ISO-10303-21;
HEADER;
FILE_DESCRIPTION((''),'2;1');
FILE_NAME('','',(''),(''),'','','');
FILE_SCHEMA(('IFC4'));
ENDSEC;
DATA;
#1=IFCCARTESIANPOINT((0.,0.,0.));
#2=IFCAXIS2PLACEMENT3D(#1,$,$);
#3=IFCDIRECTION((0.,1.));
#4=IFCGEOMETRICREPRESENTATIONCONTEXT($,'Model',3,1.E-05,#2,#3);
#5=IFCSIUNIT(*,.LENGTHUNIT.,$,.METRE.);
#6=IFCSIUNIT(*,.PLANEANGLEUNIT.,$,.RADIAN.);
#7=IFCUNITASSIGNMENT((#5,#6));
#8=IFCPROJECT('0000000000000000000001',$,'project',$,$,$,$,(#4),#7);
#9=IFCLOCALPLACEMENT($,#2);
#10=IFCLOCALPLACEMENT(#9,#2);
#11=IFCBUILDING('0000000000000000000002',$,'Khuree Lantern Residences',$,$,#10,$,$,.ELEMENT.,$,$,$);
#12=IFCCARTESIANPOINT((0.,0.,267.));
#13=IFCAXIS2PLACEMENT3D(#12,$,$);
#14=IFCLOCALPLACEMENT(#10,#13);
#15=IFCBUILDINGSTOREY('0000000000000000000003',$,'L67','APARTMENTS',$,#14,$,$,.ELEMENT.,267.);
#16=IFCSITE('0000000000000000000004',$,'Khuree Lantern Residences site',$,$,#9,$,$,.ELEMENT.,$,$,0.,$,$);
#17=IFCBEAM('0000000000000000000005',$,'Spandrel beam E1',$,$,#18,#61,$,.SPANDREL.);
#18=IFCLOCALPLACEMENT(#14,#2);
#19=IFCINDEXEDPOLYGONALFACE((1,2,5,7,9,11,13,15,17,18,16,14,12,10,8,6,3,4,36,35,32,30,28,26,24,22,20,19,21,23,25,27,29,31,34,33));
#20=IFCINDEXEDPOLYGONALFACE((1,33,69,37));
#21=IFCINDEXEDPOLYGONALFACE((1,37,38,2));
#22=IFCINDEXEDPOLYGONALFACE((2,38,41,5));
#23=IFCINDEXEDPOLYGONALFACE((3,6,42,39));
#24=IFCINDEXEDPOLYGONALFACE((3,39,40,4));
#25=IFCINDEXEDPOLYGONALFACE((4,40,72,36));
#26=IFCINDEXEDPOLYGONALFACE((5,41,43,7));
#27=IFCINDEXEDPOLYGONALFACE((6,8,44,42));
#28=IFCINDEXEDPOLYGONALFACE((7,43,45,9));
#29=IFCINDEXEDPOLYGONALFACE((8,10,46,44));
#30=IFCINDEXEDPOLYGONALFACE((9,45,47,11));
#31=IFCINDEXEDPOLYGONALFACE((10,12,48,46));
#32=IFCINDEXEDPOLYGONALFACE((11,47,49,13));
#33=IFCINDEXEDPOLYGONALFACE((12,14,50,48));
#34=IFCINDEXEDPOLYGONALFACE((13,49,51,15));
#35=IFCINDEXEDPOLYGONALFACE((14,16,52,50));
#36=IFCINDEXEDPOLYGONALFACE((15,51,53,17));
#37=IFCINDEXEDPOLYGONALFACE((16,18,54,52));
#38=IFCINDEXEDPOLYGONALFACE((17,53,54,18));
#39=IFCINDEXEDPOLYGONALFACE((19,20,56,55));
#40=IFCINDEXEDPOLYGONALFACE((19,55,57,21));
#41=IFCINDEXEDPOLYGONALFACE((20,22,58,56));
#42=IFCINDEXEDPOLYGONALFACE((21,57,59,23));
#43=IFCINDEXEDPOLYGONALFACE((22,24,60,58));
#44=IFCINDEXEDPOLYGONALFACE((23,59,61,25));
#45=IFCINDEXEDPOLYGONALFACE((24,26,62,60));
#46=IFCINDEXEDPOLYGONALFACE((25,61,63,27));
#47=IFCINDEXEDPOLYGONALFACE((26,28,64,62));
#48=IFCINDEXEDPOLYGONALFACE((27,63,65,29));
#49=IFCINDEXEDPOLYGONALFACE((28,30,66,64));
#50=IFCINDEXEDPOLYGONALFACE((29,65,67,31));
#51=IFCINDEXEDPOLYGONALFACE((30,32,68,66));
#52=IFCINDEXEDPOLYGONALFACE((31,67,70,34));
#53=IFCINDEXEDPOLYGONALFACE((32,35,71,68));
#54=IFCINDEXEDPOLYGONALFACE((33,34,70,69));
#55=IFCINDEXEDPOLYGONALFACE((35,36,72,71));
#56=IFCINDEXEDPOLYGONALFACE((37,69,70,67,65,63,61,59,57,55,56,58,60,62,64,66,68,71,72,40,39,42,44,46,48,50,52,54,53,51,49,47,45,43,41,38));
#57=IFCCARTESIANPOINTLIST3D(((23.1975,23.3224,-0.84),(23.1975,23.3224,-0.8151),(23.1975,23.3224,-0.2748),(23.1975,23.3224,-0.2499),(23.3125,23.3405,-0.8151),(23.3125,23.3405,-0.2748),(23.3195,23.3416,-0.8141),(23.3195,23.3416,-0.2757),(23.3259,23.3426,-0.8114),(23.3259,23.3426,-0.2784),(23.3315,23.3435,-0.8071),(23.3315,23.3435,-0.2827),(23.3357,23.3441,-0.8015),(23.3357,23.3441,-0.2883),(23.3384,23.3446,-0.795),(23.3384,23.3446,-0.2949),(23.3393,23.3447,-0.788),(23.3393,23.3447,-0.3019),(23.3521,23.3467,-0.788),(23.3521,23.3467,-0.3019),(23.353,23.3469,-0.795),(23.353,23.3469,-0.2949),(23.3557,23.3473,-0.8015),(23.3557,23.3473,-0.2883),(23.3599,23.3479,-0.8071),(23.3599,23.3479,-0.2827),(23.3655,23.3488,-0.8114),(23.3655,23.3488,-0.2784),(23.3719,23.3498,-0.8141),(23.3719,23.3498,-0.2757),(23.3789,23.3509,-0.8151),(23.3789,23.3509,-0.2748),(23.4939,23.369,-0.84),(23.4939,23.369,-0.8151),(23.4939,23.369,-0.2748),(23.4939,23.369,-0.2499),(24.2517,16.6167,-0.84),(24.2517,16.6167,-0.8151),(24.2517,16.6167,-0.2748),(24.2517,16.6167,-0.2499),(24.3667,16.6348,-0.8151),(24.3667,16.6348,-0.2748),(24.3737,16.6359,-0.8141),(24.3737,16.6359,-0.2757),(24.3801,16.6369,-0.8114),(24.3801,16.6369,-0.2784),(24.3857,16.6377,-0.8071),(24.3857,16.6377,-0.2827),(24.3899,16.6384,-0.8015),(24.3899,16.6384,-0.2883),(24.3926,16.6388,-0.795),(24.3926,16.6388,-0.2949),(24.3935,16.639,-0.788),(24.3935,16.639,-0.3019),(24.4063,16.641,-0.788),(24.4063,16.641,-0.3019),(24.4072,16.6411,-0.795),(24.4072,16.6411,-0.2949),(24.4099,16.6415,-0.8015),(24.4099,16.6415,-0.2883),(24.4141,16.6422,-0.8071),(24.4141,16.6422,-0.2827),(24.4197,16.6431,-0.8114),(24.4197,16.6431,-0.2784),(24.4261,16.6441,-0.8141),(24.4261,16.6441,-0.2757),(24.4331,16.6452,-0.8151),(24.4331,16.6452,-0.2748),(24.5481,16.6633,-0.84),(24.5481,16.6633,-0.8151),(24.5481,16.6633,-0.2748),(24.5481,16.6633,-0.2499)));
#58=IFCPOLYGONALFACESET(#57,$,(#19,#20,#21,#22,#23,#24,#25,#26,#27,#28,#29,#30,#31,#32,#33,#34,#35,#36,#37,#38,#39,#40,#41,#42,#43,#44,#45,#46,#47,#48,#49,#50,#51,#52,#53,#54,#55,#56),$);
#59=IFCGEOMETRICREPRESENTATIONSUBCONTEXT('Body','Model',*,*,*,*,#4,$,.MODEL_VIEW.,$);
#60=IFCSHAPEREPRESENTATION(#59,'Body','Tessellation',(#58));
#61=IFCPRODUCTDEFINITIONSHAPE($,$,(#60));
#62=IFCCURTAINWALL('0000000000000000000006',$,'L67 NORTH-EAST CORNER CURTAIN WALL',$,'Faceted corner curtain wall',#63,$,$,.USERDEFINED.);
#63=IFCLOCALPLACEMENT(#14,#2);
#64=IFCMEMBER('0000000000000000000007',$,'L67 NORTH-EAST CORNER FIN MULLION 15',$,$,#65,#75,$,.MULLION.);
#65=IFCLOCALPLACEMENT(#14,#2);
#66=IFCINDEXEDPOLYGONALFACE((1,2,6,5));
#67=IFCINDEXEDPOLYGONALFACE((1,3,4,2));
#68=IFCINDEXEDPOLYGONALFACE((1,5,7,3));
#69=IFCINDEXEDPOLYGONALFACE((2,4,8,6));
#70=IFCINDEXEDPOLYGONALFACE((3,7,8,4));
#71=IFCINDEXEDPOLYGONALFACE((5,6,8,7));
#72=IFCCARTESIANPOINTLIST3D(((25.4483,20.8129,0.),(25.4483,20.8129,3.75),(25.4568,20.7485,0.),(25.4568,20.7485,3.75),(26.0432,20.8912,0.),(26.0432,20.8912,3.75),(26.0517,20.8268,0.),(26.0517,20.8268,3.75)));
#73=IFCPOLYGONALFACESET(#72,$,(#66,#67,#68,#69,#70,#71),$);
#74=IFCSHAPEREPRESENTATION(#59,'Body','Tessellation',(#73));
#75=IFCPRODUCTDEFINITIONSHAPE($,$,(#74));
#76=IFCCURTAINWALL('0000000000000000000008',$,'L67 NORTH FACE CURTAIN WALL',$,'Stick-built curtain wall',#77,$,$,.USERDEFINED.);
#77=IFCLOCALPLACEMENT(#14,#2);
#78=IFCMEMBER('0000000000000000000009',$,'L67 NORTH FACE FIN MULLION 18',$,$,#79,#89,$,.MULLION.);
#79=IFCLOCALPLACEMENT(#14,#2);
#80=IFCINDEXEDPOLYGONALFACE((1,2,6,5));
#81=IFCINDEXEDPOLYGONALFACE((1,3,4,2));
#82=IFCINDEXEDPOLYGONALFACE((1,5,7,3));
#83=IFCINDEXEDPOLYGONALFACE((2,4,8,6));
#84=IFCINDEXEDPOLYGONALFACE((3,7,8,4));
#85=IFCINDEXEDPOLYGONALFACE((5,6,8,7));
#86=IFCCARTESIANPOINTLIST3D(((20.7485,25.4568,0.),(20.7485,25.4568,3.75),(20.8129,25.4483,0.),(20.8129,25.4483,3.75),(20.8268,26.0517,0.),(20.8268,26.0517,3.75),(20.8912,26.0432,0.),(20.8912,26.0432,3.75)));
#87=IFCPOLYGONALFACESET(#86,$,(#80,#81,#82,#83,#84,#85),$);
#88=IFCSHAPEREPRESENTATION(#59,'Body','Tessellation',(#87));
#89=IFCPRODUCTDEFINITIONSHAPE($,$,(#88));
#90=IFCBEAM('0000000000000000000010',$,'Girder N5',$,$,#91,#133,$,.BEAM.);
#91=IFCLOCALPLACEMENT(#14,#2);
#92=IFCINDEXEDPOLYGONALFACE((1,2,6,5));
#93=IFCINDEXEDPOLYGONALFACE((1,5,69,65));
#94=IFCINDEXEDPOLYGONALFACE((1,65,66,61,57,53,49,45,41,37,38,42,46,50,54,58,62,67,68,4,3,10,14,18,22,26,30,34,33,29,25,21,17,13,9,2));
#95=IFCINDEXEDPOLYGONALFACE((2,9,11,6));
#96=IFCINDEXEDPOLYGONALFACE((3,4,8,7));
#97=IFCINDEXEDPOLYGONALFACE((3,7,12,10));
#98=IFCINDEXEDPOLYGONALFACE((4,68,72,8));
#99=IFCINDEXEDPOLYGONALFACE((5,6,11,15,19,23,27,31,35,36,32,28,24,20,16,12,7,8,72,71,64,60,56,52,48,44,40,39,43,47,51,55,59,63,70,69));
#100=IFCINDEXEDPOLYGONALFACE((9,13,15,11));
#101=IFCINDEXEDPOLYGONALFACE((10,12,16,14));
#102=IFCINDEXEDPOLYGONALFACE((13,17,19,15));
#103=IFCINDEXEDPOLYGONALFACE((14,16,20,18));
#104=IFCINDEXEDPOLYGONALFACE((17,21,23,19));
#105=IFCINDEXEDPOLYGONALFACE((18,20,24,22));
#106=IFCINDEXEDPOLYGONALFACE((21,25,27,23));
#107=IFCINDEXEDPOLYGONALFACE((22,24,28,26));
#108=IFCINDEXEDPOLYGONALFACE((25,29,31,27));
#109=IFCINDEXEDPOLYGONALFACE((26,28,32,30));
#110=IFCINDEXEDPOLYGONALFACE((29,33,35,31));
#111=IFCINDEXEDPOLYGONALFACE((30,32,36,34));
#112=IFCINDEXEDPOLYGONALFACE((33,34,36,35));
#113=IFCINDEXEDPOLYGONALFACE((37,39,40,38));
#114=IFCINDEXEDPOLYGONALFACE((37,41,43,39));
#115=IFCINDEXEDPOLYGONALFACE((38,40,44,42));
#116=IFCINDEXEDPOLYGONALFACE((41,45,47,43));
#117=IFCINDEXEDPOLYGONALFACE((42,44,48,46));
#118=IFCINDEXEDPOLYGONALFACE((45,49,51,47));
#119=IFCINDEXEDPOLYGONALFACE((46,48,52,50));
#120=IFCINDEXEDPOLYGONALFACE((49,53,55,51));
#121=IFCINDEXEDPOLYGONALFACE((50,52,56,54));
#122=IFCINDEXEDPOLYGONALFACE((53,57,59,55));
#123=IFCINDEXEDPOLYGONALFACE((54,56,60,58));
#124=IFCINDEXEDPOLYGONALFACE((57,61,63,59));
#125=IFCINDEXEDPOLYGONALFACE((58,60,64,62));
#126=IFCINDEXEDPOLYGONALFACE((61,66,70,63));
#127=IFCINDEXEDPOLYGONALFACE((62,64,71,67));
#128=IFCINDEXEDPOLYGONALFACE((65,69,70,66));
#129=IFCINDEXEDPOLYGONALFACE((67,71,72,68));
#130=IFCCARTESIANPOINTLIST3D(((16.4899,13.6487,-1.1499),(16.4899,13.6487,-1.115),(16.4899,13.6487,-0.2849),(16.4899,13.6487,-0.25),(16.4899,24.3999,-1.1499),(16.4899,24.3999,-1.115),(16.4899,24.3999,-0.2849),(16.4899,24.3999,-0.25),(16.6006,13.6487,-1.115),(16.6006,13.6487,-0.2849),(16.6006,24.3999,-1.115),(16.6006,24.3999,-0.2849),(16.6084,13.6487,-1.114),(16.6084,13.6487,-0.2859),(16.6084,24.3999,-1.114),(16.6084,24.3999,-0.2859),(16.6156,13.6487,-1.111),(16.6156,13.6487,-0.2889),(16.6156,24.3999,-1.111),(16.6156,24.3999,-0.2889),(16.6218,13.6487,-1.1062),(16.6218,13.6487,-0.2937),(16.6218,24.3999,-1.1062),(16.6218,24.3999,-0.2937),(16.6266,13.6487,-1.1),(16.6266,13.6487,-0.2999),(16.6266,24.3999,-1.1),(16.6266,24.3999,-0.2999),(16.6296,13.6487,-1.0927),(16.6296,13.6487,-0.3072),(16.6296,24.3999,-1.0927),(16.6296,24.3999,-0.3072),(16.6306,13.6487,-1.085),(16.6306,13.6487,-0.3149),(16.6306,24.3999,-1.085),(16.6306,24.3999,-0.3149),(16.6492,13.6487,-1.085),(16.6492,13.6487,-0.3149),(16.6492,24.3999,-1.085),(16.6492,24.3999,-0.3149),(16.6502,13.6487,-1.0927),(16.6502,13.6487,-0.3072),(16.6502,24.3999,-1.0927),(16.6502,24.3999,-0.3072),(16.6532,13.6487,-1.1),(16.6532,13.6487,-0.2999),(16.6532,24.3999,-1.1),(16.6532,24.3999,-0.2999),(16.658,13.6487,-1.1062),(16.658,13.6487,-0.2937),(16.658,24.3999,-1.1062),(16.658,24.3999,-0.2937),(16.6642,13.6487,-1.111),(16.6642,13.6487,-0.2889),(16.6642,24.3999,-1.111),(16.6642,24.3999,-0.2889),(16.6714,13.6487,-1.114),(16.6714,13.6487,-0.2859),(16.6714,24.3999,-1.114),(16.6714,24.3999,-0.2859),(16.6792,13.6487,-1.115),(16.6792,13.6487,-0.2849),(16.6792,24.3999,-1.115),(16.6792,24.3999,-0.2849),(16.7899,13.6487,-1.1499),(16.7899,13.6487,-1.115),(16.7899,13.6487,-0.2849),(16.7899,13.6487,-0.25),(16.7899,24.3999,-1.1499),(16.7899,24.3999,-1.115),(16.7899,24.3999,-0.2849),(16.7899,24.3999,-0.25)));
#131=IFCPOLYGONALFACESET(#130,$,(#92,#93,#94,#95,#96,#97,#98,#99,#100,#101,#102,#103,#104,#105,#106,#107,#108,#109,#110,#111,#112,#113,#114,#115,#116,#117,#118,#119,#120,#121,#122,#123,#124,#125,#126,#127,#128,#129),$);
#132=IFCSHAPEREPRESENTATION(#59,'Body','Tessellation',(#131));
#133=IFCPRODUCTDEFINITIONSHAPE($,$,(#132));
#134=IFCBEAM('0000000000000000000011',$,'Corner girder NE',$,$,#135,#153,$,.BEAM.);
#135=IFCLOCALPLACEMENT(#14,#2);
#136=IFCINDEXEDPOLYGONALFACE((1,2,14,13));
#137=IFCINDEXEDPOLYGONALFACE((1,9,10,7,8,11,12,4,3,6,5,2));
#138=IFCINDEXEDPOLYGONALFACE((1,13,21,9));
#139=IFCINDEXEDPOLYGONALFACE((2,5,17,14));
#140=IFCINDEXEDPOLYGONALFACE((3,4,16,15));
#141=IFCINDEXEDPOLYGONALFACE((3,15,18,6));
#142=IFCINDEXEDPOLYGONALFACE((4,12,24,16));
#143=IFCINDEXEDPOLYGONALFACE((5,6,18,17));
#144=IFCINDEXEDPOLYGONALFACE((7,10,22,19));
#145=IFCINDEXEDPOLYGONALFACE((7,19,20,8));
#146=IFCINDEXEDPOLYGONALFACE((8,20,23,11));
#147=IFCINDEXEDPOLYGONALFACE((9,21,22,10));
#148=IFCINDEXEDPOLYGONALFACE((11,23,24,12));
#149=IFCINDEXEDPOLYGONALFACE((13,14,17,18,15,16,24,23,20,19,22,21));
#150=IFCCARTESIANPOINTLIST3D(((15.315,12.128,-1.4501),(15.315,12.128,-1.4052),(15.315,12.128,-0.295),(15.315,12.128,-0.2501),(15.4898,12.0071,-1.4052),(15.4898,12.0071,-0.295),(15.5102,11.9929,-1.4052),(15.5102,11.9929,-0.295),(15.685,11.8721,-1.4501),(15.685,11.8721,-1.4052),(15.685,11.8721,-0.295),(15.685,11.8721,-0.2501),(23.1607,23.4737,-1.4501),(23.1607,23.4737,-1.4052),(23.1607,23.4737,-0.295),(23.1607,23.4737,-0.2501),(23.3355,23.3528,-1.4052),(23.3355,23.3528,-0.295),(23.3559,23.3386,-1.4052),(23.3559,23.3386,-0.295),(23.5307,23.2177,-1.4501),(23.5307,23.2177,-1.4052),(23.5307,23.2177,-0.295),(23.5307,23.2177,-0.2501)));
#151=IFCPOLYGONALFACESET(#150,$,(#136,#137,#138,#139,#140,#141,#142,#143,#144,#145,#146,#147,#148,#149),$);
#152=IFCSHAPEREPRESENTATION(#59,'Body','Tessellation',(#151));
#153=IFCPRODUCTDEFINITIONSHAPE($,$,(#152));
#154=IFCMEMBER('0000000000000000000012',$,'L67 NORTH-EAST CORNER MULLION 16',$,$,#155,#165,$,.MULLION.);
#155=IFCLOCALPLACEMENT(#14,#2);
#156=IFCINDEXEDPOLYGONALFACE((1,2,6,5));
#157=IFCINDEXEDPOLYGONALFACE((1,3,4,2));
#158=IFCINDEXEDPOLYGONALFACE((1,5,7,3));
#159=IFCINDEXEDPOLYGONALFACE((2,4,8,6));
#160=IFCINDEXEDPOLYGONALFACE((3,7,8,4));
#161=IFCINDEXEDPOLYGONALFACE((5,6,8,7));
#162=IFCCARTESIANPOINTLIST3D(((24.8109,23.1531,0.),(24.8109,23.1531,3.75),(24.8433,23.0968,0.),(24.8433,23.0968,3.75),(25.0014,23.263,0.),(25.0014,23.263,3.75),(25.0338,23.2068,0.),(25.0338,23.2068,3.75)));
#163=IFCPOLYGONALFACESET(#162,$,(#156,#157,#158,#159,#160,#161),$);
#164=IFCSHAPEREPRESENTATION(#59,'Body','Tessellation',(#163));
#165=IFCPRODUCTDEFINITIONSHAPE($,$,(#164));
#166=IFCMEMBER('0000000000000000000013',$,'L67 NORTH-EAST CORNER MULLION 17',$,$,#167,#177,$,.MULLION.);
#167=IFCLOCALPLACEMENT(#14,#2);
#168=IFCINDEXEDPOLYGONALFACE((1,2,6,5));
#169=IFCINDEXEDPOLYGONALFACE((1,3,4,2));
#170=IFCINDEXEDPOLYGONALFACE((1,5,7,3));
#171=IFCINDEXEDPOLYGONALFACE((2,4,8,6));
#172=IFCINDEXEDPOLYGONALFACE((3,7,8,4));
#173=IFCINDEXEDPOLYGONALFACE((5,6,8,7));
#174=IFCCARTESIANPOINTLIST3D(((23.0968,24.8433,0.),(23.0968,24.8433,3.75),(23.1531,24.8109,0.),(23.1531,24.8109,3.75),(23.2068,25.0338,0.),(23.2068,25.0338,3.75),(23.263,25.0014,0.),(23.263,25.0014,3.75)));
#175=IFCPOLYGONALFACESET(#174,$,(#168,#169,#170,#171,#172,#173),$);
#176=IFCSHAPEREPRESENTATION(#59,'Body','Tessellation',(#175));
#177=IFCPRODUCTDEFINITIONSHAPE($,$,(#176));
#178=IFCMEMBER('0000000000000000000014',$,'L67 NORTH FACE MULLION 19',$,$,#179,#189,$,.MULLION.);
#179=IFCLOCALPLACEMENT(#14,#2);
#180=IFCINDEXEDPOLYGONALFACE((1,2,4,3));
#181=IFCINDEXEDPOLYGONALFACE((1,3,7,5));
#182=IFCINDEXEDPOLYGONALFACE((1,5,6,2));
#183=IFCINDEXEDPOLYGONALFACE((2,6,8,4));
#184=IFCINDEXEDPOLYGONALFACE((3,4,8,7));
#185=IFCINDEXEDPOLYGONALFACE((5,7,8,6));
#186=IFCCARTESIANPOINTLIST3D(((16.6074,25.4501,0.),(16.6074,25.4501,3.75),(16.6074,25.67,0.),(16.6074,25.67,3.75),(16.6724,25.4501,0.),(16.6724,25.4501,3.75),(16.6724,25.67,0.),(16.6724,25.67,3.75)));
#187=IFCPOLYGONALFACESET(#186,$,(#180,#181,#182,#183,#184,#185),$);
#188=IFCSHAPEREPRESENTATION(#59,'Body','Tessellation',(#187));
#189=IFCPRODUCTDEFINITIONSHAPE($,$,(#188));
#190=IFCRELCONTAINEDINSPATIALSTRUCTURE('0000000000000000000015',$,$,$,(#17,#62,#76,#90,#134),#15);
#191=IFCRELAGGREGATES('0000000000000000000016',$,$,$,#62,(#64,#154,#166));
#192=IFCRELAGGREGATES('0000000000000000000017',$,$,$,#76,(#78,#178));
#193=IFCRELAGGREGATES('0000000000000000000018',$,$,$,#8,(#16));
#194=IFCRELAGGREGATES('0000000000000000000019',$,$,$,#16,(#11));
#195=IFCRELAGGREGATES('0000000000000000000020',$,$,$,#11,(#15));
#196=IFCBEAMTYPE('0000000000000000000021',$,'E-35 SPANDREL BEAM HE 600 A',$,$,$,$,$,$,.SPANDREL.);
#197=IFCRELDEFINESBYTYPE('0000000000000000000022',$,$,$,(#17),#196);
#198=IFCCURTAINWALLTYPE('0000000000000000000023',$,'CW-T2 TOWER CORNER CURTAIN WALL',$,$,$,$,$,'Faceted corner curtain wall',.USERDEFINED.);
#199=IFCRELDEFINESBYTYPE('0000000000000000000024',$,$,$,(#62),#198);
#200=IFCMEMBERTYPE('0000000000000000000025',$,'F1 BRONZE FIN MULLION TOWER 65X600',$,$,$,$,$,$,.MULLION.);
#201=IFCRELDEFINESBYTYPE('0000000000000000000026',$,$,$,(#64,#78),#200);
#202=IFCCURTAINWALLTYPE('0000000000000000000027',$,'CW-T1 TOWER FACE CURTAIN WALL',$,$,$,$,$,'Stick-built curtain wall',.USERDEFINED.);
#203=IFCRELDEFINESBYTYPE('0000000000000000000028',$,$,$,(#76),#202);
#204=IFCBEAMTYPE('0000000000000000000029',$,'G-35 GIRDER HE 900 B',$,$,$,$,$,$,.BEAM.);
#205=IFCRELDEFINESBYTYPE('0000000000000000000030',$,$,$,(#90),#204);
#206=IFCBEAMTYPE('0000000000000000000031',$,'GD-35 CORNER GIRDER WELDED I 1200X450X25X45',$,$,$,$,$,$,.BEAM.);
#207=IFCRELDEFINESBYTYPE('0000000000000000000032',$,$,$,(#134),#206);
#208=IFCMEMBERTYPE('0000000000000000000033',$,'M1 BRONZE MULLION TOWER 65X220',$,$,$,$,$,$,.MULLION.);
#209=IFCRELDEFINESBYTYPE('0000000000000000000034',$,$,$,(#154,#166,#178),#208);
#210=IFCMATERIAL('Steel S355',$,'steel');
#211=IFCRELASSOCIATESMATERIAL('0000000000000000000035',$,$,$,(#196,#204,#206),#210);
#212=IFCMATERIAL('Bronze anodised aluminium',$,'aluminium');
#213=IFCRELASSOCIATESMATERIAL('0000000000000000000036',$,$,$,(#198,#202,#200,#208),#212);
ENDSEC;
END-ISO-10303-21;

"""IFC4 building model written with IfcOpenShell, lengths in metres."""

from ifc_helpers import new_model, si_unit, direction, frame, origin, origin_2d, place, context, subcontext, project, spatial, rectangle, i_section, extrude, material, material_profile, profile_set, type_object, element, aggregate, save


model = new_model("IFC4")

# Units and contexts
model_context = context("Model", 3, precision=1e-05, world=origin(), true_north=direction((0.0, 1.0)))
body_context = subcontext(model_context, "Body", "Model", "MODEL_VIEW")
ifc_project = project(units=[si_unit("LENGTHUNIT", "METRE"), si_unit("PLANEANGLEUNIT", "RADIAN")], contexts=[model_context])

# Site, building, storey
site_placement = place(None, origin())
site = spatial("IfcSite", under=ifc_project, at=site_placement, Name="Khuree Lantern Residences site", CompositionType="ELEMENT", RefElevation=0.0)
building_placement = place(site_placement, origin())
building = spatial("IfcBuilding", under=site, at=building_placement, Name="Khuree Lantern Residences", CompositionType="ELEMENT")
storey_placement = place(building_placement, frame((0.0, 0.0, 267.0)))
storey = spatial("IfcBuildingStorey", under=building, at=storey_placement, Name="L67", Description="APARTMENTS", CompositionType="ELEMENT", Elevation=267.0)

# Beam
ifc_material_1 = material(Name="Steel S355", Category="steel")
ifc_material_profile_1 = material_profile(ifc_material_1, i_section(OverallWidth=0.3, OverallDepth=0.5901, WebThickness=0.0129, FlangeThickness=0.0249, FilletRadius=0.0271, at=origin_2d()), Name="HE 600 A")
ifc_profile_set_1 = profile_set([ifc_material_profile_1], Name="Steel S355")
beam_type_1 = type_object("IfcBeamType", Name="E-35 SPANDREL BEAM HE 600 A", PredefinedType="SPANDREL", material=ifc_profile_set_1)
for number, where, z_axis, x_axis, name in (
    (1, (23.3457, 23.3457, -0.5449), (0.1553, -0.987867, 0.0), (0.987867, 0.1553, 0.0), "Spandrel beam E1"),
):
    element("IfcBeam", number, at=place(storey_placement, frame(where, z_axis=z_axis, x_axis=x_axis)), inside=storey, type_object=beam_type_1, Name=name, PredefinedType="SPANDREL", context=body_context, shape_type="SweptSolid", body=[
        extrude(i_section(OverallWidth=0.3, OverallDepth=0.5901, WebThickness=0.0129, FlangeThickness=0.0249, FilletRadius=0.0271, at=origin_2d()), origin(), (0.0, 0.0, 1.0), 6.7881),
    ])

# Curtain walls, members
ifc_material_2 = material(Name="Bronze anodised aluminium", Category="aluminium")
curtain_wall_type_1 = type_object("IfcCurtainWallType", Name="CW-T2 TOWER CORNER CURTAIN WALL", ElementType="Faceted corner curtain wall", PredefinedType="USERDEFINED", material=ifc_material_2)
curtain_wall_1_placement = place(storey_placement, origin())
curtain_wall_1 = element("IfcCurtainWall", 2, at=curtain_wall_1_placement, inside=storey, type_object=curtain_wall_type_1, Name="L67 NORTH-EAST CORNER CURTAIN WALL", ObjectType="Faceted corner curtain wall", PredefinedType="USERDEFINED")
ifc_material_profile_2 = material_profile(ifc_material_2, rectangle(XDim=0.0649, YDim=0.6001, at=origin_2d()), Name="F1 65X600")
ifc_profile_set_2 = profile_set([ifc_material_profile_2], Name="Bronze anodised aluminium")
member_type_1 = type_object("IfcMemberType", Name="F1 BRONZE FIN MULLION TOWER 65X600", PredefinedType="MULLION", material=ifc_profile_set_2)
member_1_placement = place(storey_placement, frame((25.75, 20.8198, 0.0), z_axis=(0.0, 0.0, 1.0), x_axis=(-0.130526, 0.991445, 0.0)))
member_1 = element("IfcMember", 3, at=member_1_placement, type_object=member_type_1, Name="L67 NORTH-EAST CORNER FIN MULLION 15", PredefinedType="MULLION", context=body_context, shape_type="SweptSolid", body=[
    extrude(rectangle(XDim=0.0649, YDim=0.6001, at=origin_2d()), origin(), (0.0, 0.0, 1.0), 3.75),
])
curtain_wall_type_2 = type_object("IfcCurtainWallType", Name="CW-T1 TOWER FACE CURTAIN WALL", ElementType="Stick-built curtain wall", PredefinedType="USERDEFINED", material=ifc_material_2)
curtain_wall_2_placement = place(storey_placement, origin())
curtain_wall_2 = element("IfcCurtainWall", 4, at=curtain_wall_2_placement, inside=storey, type_object=curtain_wall_type_2, Name="L67 NORTH FACE CURTAIN WALL", ObjectType="Stick-built curtain wall", PredefinedType="USERDEFINED")
member_2_placement = place(storey_placement, frame((20.8198, 25.75, 0.0), z_axis=(0.0, 0.0, 1.0), x_axis=(-0.991445, 0.130526, 0.0)))
member_2 = element("IfcMember", 5, at=member_2_placement, type_object=member_type_1, Name="L67 NORTH FACE FIN MULLION 18", PredefinedType="MULLION", context=body_context, shape_type="SweptSolid", body=[
    extrude(rectangle(XDim=0.0649, YDim=0.6001, at=origin_2d()), origin(), (0.0, 0.0, 1.0), 3.75),
])

# Beams
ifc_material_profile_3 = material_profile(ifc_material_1, i_section(OverallWidth=0.3, OverallDepth=0.8999, WebThickness=0.0186, FlangeThickness=0.0349, FilletRadius=0.03, at=origin_2d()), Name="HE 900 B")
ifc_profile_set_3 = profile_set([ifc_material_profile_3], Name="Steel S355")
beam_type_2 = type_object("IfcBeamType", Name="G-35 GIRDER HE 900 B", PredefinedType="BEAM", material=ifc_profile_set_3)
beam_1_placement = place(storey_placement, frame((16.6399, 24.3999, -0.7), z_axis=(0.0, -1.0, 0.0), x_axis=(1.0, 0.0, 0.0)))
element("IfcBeam", 6, at=beam_1_placement, inside=storey, type_object=beam_type_2, Name="Girder N5", PredefinedType="BEAM", context=body_context, shape_type="SweptSolid", body=[
    extrude(i_section(OverallWidth=0.3, OverallDepth=0.8999, WebThickness=0.0186, FlangeThickness=0.0349, FilletRadius=0.03, at=origin_2d()), origin(), (0.0, 0.0, 1.0), 10.7512),
])
ifc_material_profile_4 = material_profile(ifc_material_1, i_section(OverallWidth=0.45, OverallDepth=1.2, WebThickness=0.0249, FlangeThickness=0.0449, at=origin_2d()), Name="WELDED I 1200X450X25X45")
ifc_profile_set_4 = profile_set([ifc_material_profile_4], Name="Steel S355")
beam_type_3 = type_object("IfcBeamType", Name="GD-35 CORNER GIRDER WELDED I 1200X450X25X45", PredefinedType="BEAM", material=ifc_profile_set_4)
beam_2_placement = place(storey_placement, frame((23.3457, 23.3457, -0.8501), z_axis=(-0.568768, -0.822498, 0.0), x_axis=(0.822498, -0.568768, 0.0)))
element("IfcBeam", 7, at=beam_2_placement, inside=storey, type_object=beam_type_3, Name="Corner girder NE", PredefinedType="BEAM", context=body_context, shape_type="SweptSolid", body=[
    extrude(i_section(OverallWidth=0.45, OverallDepth=1.2, WebThickness=0.0249, FlangeThickness=0.0449, at=origin_2d()), origin(), (0.0, 0.0, 1.0), 13.7942),
])

# Members
ifc_material_profile_5 = material_profile(ifc_material_2, rectangle(XDim=0.0649, YDim=0.22, at=origin_2d()), Name="M1 65X220")
ifc_profile_set_5 = profile_set([ifc_material_profile_5], Name="Bronze anodised aluminium")
member_type_2 = type_object("IfcMemberType", Name="M1 BRONZE MULLION TOWER 65X220", PredefinedType="MULLION", material=ifc_profile_set_5)
member_3_placement = place(storey_placement, frame((24.9224, 23.1799, 0.0), z_axis=(0.0, 0.0, 1.0), x_axis=(-0.5, 0.866025, 0.0)))
member_3 = element("IfcMember", 8, at=member_3_placement, type_object=member_type_2, Name="L67 NORTH-EAST CORNER MULLION 16", PredefinedType="MULLION", context=body_context, shape_type="SweptSolid", body=[
    extrude(rectangle(XDim=0.0649, YDim=0.22, at=origin_2d()), origin(), (0.0, 0.0, 1.0), 3.75),
])
member_4_placement = place(storey_placement, frame((23.1799, 24.9224, 0.0), z_axis=(0.0, 0.0, 1.0), x_axis=(-0.866025, 0.5, 0.0)))
member_4 = element("IfcMember", 9, at=member_4_placement, type_object=member_type_2, Name="L67 NORTH-EAST CORNER MULLION 17", PredefinedType="MULLION", context=body_context, shape_type="SweptSolid", body=[
    extrude(rectangle(XDim=0.0649, YDim=0.22, at=origin_2d()), origin(), (0.0, 0.0, 1.0), 3.75),
])
member_5_placement = place(storey_placement, frame((16.6399, 25.5601, 0.0), z_axis=(0.0, 0.0, 1.0), x_axis=(-1.0, 0.0, 0.0)))
member_5 = element("IfcMember", 10, at=member_5_placement, type_object=member_type_2, Name="L67 NORTH FACE MULLION 19", PredefinedType="MULLION", context=body_context, shape_type="SweptSolid", body=[
    extrude(rectangle(XDim=0.0649, YDim=0.22, at=origin_2d()), origin(), (0.0, 0.0, 1.0), 3.75),
])

aggregate(curtain_wall_1, [member_1, member_3, member_4])

aggregate(curtain_wall_2, [member_2, member_5])

save(model, "model.ifc")
